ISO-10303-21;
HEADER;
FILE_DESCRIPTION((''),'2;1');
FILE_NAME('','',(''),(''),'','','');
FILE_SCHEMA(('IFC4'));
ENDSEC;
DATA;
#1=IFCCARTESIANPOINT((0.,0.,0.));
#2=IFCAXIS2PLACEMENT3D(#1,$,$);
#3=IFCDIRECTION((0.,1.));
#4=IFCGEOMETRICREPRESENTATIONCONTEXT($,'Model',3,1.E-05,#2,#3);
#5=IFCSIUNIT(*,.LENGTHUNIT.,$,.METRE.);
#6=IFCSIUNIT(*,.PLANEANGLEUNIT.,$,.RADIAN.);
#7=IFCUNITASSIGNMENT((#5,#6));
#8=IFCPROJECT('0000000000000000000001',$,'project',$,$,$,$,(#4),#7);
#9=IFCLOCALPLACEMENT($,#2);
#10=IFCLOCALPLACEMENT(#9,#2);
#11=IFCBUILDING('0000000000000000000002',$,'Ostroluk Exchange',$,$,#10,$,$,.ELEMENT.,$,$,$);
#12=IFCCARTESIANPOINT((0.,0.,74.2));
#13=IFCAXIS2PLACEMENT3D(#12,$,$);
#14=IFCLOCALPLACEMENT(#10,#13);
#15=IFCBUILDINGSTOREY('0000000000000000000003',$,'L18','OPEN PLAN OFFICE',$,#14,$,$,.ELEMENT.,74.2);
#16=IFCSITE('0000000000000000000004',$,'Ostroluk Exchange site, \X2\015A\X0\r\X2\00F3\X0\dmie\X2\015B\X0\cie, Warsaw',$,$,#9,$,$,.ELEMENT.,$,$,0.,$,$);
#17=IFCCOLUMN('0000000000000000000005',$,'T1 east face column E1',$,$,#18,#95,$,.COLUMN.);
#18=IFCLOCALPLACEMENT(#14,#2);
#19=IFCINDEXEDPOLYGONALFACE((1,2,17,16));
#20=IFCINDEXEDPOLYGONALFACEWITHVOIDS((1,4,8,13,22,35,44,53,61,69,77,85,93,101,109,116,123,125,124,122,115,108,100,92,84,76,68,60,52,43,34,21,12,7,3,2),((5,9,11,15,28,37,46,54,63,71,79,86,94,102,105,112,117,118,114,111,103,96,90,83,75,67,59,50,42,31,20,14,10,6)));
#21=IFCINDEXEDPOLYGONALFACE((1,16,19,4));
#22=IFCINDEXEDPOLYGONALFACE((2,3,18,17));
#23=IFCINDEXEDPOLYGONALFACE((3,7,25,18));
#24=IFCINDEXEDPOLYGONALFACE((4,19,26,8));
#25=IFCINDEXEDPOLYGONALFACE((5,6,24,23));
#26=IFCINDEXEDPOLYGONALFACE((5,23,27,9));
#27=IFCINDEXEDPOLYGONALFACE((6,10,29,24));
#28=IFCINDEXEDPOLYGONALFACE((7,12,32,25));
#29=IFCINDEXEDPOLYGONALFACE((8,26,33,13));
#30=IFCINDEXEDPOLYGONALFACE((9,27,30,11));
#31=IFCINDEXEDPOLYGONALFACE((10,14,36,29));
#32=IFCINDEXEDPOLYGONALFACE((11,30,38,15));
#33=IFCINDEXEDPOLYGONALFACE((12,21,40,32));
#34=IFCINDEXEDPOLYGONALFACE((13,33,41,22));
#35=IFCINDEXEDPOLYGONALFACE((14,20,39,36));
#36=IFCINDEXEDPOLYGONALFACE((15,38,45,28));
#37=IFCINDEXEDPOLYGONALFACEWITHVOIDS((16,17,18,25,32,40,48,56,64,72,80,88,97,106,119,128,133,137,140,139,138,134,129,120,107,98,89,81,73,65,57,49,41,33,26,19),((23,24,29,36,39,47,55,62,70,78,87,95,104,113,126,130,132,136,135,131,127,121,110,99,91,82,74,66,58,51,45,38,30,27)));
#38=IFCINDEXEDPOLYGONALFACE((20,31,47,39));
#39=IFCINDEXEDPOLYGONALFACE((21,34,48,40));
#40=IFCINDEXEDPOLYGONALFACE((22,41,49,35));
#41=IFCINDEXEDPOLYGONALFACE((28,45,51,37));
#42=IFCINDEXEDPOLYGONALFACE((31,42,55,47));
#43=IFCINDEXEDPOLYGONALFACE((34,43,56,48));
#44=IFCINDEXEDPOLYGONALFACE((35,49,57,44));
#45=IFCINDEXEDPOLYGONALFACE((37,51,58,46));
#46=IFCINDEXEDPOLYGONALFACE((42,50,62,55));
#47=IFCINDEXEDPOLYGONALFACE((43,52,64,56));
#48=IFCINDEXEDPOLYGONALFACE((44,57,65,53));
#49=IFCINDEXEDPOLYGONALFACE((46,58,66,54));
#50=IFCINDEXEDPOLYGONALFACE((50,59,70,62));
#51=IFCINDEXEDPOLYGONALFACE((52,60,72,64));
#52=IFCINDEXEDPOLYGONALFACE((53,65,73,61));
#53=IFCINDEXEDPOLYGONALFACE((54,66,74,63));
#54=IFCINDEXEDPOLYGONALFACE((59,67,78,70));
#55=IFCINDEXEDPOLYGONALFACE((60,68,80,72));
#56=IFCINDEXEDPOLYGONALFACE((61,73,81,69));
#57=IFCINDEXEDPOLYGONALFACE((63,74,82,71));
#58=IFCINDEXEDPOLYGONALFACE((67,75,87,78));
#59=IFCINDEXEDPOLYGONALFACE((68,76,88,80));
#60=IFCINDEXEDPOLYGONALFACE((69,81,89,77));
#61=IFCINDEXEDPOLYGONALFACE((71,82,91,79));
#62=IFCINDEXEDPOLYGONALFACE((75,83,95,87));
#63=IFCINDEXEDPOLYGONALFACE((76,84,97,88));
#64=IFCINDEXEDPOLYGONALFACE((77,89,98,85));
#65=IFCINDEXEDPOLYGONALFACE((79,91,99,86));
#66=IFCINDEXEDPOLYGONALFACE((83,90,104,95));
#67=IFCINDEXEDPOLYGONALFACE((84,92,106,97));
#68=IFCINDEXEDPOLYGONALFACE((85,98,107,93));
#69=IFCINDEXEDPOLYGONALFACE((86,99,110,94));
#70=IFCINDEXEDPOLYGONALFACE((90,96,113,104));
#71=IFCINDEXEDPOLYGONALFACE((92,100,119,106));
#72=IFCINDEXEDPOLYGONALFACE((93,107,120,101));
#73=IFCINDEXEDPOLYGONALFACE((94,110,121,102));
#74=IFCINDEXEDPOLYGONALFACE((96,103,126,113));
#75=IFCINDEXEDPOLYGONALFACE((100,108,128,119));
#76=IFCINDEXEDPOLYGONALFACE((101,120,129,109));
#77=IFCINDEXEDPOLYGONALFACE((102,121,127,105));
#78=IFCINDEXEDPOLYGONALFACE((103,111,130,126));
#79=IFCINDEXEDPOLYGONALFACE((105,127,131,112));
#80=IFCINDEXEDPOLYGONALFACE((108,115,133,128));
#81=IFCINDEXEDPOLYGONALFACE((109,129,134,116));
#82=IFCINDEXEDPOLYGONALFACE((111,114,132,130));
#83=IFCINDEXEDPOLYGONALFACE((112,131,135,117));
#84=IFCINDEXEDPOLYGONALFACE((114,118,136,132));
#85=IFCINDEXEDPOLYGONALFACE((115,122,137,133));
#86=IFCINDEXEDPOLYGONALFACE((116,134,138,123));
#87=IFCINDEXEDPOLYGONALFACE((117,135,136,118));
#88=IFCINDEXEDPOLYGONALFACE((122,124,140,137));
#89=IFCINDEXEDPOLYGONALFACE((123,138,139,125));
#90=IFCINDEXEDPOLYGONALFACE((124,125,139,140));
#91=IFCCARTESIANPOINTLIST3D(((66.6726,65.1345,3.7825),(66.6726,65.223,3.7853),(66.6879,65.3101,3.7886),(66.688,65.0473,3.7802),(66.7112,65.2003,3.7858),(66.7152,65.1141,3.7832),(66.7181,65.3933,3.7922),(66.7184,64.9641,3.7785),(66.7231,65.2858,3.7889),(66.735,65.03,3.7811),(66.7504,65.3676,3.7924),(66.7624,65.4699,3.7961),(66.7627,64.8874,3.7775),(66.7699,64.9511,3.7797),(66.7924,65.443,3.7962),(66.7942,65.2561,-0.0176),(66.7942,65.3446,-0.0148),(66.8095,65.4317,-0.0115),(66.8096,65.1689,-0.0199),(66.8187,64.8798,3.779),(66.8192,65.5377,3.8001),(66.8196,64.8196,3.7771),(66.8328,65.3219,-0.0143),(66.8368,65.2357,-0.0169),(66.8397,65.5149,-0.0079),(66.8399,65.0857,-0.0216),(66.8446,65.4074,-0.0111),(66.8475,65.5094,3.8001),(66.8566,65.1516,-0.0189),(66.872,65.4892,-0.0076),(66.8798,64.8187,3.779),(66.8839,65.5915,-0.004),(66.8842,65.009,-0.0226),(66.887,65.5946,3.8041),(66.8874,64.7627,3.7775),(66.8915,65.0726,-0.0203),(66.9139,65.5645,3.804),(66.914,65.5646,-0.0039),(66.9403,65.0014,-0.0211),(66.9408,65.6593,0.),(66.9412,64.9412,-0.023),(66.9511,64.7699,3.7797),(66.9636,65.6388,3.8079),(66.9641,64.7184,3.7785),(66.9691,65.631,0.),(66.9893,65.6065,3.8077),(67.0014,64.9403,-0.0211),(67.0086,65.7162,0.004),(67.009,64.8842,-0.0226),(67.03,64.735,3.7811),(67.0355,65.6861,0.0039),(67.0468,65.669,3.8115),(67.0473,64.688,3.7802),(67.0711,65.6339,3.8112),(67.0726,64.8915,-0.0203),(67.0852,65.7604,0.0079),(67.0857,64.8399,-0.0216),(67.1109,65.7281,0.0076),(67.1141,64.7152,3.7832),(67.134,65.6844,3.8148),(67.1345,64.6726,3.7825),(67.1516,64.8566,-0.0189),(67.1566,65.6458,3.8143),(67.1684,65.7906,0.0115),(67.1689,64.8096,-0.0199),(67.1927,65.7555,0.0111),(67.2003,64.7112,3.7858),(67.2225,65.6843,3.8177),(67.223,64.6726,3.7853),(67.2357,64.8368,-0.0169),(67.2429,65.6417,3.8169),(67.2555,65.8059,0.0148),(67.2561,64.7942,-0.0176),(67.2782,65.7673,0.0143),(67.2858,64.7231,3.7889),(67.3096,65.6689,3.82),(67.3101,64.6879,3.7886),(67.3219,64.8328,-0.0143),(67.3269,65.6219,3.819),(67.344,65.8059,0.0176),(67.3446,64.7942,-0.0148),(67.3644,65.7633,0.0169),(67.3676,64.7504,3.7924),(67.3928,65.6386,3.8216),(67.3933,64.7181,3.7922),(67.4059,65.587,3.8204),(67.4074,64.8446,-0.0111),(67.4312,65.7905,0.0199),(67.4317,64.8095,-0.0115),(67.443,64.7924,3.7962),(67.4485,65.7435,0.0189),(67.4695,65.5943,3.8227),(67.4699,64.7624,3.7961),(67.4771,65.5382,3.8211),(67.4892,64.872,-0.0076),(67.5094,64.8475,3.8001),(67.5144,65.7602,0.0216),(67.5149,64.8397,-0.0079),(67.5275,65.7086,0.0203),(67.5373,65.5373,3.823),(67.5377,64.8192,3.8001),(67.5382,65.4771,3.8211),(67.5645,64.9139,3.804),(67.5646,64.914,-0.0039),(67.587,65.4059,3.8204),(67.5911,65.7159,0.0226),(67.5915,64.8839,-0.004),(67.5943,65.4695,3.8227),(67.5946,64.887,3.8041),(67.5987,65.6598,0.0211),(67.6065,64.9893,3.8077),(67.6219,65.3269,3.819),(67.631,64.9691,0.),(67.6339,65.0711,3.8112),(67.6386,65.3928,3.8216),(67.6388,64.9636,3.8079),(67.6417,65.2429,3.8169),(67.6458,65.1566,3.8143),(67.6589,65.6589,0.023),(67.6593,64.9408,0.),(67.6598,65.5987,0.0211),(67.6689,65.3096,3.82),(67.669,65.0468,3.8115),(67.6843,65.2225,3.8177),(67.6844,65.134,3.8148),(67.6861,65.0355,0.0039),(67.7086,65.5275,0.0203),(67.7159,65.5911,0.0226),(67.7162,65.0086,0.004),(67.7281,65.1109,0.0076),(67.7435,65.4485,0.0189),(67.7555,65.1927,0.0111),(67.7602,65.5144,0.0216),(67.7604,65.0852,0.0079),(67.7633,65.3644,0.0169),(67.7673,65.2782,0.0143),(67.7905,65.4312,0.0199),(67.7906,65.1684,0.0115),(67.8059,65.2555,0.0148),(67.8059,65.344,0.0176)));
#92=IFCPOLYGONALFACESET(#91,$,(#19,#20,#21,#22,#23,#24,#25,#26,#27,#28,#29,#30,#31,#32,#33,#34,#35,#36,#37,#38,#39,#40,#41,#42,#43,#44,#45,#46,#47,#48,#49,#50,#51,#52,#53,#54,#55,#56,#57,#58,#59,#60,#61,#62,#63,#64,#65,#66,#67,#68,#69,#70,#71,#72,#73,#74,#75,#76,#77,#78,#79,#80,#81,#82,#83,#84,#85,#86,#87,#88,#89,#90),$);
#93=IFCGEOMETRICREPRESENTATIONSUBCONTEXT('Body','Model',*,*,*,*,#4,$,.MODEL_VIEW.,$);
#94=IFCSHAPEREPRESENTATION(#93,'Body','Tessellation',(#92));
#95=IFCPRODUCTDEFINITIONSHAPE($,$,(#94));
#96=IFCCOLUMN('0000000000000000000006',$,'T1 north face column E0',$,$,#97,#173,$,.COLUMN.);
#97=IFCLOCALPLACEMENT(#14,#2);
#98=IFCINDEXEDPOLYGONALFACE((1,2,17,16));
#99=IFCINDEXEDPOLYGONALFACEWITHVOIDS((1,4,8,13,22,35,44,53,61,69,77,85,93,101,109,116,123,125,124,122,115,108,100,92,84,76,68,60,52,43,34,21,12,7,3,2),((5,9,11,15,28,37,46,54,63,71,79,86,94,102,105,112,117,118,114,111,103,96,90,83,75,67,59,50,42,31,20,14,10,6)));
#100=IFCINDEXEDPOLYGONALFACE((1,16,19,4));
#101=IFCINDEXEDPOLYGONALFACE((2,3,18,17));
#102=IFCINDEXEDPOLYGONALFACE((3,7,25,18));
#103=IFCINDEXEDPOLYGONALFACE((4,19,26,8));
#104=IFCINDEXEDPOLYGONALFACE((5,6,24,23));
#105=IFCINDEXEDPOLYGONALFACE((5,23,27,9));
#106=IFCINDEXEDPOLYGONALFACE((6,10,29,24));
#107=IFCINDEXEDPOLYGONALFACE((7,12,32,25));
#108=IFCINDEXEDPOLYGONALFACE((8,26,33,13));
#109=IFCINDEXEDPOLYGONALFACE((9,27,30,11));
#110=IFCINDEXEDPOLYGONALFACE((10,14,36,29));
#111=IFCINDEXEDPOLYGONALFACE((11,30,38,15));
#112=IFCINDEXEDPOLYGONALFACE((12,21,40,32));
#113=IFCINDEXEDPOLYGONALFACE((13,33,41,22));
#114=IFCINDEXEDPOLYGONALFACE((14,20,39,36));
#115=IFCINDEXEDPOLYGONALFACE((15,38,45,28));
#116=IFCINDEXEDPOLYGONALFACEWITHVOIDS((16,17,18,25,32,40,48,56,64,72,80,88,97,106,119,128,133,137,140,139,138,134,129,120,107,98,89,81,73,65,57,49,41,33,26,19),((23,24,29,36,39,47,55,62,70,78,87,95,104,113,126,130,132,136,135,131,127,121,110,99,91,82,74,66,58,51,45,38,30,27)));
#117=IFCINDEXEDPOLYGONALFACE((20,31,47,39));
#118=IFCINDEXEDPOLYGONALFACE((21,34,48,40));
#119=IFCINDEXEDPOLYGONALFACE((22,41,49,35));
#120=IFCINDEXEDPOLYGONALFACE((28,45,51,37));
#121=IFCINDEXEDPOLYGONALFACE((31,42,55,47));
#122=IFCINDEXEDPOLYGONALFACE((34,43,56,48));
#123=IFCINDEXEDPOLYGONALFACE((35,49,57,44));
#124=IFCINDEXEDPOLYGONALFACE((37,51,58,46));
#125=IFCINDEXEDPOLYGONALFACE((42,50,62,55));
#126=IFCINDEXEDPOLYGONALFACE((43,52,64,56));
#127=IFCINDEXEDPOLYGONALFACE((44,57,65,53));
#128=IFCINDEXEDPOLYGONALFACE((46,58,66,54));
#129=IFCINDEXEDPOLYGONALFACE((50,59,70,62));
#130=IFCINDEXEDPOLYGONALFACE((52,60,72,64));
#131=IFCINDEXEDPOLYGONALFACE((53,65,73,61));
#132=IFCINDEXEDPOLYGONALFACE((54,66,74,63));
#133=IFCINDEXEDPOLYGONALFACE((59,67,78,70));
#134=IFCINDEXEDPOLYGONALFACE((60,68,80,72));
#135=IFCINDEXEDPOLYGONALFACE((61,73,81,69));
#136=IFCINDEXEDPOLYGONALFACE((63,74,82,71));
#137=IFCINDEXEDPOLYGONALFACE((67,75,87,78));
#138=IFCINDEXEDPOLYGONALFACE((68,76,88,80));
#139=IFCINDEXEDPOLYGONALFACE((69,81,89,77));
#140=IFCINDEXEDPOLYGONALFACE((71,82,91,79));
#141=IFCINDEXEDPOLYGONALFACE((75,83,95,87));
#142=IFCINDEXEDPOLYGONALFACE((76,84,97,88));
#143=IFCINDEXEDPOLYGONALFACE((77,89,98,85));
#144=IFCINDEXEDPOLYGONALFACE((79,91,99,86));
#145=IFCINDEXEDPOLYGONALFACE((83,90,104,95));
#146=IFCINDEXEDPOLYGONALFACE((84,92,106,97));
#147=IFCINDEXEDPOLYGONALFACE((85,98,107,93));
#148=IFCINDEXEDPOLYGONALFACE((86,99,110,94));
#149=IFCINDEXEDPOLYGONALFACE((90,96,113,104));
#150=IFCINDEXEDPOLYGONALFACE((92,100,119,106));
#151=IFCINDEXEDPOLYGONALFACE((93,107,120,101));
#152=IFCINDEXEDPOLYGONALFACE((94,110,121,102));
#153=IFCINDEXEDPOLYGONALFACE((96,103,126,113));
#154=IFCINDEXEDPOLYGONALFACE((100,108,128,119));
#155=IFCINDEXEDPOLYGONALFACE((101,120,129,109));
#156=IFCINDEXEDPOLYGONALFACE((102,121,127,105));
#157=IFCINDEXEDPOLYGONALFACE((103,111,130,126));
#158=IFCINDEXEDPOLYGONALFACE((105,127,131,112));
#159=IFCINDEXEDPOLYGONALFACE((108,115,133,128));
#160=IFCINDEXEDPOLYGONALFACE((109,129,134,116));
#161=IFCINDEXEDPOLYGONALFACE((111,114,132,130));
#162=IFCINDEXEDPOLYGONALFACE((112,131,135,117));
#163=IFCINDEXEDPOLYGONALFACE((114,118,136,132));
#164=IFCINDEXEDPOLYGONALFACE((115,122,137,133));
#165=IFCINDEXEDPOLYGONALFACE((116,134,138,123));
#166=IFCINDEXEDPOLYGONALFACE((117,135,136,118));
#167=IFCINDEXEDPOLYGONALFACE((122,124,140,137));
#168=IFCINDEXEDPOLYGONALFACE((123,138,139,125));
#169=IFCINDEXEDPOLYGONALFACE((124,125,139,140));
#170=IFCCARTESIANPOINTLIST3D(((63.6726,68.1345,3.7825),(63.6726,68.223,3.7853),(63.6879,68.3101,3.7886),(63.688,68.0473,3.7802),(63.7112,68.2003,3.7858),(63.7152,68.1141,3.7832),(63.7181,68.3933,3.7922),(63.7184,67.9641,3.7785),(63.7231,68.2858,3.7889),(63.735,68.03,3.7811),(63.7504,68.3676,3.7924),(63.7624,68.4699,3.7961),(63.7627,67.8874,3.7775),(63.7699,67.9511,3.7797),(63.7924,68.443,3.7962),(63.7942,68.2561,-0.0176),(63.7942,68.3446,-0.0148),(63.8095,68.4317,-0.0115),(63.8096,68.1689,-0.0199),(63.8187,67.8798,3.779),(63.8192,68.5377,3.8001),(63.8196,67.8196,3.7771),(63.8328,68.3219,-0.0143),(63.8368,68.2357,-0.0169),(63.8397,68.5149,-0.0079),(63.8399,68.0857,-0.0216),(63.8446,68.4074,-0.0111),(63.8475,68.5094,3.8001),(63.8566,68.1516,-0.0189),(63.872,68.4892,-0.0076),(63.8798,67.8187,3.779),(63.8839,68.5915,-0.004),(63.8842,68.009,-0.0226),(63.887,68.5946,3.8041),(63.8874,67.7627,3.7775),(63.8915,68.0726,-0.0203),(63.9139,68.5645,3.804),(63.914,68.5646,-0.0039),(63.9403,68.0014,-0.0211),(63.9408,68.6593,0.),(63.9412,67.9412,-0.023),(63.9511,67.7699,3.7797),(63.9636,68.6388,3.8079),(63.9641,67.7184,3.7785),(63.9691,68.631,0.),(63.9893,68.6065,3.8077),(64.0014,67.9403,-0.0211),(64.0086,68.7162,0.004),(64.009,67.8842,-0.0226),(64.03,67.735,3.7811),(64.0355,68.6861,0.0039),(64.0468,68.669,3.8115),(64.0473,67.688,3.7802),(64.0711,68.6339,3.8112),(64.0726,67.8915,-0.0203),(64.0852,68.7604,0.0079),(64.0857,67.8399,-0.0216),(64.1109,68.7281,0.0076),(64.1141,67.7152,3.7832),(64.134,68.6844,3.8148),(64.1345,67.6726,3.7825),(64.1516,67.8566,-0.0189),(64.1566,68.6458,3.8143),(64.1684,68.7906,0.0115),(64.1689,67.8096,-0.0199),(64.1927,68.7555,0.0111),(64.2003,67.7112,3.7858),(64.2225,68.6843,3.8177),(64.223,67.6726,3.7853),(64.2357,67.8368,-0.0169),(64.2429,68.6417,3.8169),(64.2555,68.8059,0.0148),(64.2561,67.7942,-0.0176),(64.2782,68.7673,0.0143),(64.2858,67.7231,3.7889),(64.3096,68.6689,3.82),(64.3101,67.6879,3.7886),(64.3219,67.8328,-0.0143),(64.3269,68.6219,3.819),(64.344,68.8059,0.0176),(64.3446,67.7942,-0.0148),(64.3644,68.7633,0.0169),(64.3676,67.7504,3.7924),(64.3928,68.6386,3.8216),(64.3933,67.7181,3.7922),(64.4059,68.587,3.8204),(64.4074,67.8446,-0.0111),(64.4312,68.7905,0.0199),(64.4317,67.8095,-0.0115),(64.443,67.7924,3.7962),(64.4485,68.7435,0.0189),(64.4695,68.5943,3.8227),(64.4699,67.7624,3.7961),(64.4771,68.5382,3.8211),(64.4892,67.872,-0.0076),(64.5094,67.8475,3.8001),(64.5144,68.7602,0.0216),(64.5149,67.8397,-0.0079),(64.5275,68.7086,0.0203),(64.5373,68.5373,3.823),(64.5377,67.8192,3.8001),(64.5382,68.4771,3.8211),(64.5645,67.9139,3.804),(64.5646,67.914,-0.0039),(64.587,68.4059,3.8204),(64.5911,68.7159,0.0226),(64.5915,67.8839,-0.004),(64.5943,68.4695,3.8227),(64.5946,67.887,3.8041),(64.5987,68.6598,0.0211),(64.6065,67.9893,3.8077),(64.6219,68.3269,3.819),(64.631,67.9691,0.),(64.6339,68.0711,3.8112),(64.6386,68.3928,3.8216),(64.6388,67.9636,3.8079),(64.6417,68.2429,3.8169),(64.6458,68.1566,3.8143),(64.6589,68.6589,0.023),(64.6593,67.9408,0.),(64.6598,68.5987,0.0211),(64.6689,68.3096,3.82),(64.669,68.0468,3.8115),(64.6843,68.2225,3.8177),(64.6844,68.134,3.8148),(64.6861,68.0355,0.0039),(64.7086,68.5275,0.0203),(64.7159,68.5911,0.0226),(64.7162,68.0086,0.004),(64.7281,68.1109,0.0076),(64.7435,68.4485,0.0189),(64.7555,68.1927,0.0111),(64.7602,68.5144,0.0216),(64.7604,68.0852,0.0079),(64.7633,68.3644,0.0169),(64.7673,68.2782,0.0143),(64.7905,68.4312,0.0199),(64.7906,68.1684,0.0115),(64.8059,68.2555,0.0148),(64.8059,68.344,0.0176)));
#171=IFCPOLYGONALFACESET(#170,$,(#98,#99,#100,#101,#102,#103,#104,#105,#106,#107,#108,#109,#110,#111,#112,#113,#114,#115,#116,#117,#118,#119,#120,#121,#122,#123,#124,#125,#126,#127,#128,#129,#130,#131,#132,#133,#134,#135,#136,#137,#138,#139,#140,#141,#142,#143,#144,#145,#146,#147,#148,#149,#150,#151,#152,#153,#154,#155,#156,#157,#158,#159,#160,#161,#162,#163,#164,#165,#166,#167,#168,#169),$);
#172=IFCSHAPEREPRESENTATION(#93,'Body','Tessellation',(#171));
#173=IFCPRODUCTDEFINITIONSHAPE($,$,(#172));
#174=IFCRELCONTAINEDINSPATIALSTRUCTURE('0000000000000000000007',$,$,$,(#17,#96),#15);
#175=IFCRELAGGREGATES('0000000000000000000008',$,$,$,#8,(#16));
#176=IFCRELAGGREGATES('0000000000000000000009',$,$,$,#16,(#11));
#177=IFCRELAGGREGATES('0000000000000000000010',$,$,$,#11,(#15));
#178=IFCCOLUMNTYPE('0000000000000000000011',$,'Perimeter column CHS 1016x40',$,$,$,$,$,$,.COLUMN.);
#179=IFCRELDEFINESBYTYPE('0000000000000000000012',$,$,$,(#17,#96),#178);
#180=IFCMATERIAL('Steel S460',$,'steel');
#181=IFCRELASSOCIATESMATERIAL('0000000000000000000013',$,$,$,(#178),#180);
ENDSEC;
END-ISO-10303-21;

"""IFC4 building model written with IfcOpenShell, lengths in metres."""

from ifc_helpers import new_model, si_unit, direction, frame, origin, origin_2d, place, context, subcontext, project, spatial, hollow_circle, extrude, material, material_profile, profile_set, type_object, element, save


model = new_model("IFC4")

# Units and contexts
model_context = context("Model", 3, precision=1e-05, world=origin(), true_north=direction((0.0, 1.0)))
body_context = subcontext(model_context, "Body", "Model", "MODEL_VIEW")
ifc_project = project(units=[si_unit("LENGTHUNIT", "METRE"), si_unit("PLANEANGLEUNIT", "RADIAN")], contexts=[model_context])

# Site, building, storey
site_placement = place(None, origin())
site = spatial("IfcSite", under=ifc_project, at=site_placement, Name="Ostroluk Exchange site, Śródmieście, Warsaw", CompositionType="ELEMENT", RefElevation=0.0)
building_placement = place(site_placement, origin())
building = spatial("IfcBuilding", under=site, at=building_placement, Name="Ostroluk Exchange", CompositionType="ELEMENT")
storey_placement = place(building_placement, frame((0.0, 0.0, 74.2)))
storey = spatial("IfcBuildingStorey", under=building, at=storey_placement, Name="L18", Description="OPEN PLAN OFFICE", CompositionType="ELEMENT", Elevation=74.2)

# Columns
ifc_material_1 = material(Name="Steel S460", Category="steel")
ifc_material_profile_1 = material_profile(ifc_material_1, hollow_circle(Radius=0.5081, WallThickness=0.04, at=origin_2d()), Name="CHS 1016x40")
ifc_profile_set_1 = profile_set([ifc_material_profile_1], Name="Steel S460")
column_type = type_object("IfcColumnType", Name="Perimeter column CHS 1016x40", PredefinedType="COLUMN", material=ifc_profile_set_1)
for number, where, z_axis, x_axis, name in (
    (1, (67.3, 65.3, 0.0), (-0.031962, -0.031962, 0.998978), (0.707107, -0.707107, 0.0), "T1 east face column E1"),
    (2, (64.3, 68.3, 0.0), (-0.031962, -0.031962, 0.998978), (0.707107, -0.707107, 0.0), "T1 north face column E0"),
):
    element("IfcColumn", number, at=place(storey_placement, frame(where, z_axis=z_axis, x_axis=x_axis)), inside=storey, type_object=column_type, Name=name, PredefinedType="COLUMN", context=body_context, shape_type="SweptSolid", body=[
        extrude(hollow_circle(Radius=0.5081, WallThickness=0.04, at=origin_2d()), origin(), (0.0, 0.0, 1.0), 3.804),
    ])

save(model, "model.ifc")
